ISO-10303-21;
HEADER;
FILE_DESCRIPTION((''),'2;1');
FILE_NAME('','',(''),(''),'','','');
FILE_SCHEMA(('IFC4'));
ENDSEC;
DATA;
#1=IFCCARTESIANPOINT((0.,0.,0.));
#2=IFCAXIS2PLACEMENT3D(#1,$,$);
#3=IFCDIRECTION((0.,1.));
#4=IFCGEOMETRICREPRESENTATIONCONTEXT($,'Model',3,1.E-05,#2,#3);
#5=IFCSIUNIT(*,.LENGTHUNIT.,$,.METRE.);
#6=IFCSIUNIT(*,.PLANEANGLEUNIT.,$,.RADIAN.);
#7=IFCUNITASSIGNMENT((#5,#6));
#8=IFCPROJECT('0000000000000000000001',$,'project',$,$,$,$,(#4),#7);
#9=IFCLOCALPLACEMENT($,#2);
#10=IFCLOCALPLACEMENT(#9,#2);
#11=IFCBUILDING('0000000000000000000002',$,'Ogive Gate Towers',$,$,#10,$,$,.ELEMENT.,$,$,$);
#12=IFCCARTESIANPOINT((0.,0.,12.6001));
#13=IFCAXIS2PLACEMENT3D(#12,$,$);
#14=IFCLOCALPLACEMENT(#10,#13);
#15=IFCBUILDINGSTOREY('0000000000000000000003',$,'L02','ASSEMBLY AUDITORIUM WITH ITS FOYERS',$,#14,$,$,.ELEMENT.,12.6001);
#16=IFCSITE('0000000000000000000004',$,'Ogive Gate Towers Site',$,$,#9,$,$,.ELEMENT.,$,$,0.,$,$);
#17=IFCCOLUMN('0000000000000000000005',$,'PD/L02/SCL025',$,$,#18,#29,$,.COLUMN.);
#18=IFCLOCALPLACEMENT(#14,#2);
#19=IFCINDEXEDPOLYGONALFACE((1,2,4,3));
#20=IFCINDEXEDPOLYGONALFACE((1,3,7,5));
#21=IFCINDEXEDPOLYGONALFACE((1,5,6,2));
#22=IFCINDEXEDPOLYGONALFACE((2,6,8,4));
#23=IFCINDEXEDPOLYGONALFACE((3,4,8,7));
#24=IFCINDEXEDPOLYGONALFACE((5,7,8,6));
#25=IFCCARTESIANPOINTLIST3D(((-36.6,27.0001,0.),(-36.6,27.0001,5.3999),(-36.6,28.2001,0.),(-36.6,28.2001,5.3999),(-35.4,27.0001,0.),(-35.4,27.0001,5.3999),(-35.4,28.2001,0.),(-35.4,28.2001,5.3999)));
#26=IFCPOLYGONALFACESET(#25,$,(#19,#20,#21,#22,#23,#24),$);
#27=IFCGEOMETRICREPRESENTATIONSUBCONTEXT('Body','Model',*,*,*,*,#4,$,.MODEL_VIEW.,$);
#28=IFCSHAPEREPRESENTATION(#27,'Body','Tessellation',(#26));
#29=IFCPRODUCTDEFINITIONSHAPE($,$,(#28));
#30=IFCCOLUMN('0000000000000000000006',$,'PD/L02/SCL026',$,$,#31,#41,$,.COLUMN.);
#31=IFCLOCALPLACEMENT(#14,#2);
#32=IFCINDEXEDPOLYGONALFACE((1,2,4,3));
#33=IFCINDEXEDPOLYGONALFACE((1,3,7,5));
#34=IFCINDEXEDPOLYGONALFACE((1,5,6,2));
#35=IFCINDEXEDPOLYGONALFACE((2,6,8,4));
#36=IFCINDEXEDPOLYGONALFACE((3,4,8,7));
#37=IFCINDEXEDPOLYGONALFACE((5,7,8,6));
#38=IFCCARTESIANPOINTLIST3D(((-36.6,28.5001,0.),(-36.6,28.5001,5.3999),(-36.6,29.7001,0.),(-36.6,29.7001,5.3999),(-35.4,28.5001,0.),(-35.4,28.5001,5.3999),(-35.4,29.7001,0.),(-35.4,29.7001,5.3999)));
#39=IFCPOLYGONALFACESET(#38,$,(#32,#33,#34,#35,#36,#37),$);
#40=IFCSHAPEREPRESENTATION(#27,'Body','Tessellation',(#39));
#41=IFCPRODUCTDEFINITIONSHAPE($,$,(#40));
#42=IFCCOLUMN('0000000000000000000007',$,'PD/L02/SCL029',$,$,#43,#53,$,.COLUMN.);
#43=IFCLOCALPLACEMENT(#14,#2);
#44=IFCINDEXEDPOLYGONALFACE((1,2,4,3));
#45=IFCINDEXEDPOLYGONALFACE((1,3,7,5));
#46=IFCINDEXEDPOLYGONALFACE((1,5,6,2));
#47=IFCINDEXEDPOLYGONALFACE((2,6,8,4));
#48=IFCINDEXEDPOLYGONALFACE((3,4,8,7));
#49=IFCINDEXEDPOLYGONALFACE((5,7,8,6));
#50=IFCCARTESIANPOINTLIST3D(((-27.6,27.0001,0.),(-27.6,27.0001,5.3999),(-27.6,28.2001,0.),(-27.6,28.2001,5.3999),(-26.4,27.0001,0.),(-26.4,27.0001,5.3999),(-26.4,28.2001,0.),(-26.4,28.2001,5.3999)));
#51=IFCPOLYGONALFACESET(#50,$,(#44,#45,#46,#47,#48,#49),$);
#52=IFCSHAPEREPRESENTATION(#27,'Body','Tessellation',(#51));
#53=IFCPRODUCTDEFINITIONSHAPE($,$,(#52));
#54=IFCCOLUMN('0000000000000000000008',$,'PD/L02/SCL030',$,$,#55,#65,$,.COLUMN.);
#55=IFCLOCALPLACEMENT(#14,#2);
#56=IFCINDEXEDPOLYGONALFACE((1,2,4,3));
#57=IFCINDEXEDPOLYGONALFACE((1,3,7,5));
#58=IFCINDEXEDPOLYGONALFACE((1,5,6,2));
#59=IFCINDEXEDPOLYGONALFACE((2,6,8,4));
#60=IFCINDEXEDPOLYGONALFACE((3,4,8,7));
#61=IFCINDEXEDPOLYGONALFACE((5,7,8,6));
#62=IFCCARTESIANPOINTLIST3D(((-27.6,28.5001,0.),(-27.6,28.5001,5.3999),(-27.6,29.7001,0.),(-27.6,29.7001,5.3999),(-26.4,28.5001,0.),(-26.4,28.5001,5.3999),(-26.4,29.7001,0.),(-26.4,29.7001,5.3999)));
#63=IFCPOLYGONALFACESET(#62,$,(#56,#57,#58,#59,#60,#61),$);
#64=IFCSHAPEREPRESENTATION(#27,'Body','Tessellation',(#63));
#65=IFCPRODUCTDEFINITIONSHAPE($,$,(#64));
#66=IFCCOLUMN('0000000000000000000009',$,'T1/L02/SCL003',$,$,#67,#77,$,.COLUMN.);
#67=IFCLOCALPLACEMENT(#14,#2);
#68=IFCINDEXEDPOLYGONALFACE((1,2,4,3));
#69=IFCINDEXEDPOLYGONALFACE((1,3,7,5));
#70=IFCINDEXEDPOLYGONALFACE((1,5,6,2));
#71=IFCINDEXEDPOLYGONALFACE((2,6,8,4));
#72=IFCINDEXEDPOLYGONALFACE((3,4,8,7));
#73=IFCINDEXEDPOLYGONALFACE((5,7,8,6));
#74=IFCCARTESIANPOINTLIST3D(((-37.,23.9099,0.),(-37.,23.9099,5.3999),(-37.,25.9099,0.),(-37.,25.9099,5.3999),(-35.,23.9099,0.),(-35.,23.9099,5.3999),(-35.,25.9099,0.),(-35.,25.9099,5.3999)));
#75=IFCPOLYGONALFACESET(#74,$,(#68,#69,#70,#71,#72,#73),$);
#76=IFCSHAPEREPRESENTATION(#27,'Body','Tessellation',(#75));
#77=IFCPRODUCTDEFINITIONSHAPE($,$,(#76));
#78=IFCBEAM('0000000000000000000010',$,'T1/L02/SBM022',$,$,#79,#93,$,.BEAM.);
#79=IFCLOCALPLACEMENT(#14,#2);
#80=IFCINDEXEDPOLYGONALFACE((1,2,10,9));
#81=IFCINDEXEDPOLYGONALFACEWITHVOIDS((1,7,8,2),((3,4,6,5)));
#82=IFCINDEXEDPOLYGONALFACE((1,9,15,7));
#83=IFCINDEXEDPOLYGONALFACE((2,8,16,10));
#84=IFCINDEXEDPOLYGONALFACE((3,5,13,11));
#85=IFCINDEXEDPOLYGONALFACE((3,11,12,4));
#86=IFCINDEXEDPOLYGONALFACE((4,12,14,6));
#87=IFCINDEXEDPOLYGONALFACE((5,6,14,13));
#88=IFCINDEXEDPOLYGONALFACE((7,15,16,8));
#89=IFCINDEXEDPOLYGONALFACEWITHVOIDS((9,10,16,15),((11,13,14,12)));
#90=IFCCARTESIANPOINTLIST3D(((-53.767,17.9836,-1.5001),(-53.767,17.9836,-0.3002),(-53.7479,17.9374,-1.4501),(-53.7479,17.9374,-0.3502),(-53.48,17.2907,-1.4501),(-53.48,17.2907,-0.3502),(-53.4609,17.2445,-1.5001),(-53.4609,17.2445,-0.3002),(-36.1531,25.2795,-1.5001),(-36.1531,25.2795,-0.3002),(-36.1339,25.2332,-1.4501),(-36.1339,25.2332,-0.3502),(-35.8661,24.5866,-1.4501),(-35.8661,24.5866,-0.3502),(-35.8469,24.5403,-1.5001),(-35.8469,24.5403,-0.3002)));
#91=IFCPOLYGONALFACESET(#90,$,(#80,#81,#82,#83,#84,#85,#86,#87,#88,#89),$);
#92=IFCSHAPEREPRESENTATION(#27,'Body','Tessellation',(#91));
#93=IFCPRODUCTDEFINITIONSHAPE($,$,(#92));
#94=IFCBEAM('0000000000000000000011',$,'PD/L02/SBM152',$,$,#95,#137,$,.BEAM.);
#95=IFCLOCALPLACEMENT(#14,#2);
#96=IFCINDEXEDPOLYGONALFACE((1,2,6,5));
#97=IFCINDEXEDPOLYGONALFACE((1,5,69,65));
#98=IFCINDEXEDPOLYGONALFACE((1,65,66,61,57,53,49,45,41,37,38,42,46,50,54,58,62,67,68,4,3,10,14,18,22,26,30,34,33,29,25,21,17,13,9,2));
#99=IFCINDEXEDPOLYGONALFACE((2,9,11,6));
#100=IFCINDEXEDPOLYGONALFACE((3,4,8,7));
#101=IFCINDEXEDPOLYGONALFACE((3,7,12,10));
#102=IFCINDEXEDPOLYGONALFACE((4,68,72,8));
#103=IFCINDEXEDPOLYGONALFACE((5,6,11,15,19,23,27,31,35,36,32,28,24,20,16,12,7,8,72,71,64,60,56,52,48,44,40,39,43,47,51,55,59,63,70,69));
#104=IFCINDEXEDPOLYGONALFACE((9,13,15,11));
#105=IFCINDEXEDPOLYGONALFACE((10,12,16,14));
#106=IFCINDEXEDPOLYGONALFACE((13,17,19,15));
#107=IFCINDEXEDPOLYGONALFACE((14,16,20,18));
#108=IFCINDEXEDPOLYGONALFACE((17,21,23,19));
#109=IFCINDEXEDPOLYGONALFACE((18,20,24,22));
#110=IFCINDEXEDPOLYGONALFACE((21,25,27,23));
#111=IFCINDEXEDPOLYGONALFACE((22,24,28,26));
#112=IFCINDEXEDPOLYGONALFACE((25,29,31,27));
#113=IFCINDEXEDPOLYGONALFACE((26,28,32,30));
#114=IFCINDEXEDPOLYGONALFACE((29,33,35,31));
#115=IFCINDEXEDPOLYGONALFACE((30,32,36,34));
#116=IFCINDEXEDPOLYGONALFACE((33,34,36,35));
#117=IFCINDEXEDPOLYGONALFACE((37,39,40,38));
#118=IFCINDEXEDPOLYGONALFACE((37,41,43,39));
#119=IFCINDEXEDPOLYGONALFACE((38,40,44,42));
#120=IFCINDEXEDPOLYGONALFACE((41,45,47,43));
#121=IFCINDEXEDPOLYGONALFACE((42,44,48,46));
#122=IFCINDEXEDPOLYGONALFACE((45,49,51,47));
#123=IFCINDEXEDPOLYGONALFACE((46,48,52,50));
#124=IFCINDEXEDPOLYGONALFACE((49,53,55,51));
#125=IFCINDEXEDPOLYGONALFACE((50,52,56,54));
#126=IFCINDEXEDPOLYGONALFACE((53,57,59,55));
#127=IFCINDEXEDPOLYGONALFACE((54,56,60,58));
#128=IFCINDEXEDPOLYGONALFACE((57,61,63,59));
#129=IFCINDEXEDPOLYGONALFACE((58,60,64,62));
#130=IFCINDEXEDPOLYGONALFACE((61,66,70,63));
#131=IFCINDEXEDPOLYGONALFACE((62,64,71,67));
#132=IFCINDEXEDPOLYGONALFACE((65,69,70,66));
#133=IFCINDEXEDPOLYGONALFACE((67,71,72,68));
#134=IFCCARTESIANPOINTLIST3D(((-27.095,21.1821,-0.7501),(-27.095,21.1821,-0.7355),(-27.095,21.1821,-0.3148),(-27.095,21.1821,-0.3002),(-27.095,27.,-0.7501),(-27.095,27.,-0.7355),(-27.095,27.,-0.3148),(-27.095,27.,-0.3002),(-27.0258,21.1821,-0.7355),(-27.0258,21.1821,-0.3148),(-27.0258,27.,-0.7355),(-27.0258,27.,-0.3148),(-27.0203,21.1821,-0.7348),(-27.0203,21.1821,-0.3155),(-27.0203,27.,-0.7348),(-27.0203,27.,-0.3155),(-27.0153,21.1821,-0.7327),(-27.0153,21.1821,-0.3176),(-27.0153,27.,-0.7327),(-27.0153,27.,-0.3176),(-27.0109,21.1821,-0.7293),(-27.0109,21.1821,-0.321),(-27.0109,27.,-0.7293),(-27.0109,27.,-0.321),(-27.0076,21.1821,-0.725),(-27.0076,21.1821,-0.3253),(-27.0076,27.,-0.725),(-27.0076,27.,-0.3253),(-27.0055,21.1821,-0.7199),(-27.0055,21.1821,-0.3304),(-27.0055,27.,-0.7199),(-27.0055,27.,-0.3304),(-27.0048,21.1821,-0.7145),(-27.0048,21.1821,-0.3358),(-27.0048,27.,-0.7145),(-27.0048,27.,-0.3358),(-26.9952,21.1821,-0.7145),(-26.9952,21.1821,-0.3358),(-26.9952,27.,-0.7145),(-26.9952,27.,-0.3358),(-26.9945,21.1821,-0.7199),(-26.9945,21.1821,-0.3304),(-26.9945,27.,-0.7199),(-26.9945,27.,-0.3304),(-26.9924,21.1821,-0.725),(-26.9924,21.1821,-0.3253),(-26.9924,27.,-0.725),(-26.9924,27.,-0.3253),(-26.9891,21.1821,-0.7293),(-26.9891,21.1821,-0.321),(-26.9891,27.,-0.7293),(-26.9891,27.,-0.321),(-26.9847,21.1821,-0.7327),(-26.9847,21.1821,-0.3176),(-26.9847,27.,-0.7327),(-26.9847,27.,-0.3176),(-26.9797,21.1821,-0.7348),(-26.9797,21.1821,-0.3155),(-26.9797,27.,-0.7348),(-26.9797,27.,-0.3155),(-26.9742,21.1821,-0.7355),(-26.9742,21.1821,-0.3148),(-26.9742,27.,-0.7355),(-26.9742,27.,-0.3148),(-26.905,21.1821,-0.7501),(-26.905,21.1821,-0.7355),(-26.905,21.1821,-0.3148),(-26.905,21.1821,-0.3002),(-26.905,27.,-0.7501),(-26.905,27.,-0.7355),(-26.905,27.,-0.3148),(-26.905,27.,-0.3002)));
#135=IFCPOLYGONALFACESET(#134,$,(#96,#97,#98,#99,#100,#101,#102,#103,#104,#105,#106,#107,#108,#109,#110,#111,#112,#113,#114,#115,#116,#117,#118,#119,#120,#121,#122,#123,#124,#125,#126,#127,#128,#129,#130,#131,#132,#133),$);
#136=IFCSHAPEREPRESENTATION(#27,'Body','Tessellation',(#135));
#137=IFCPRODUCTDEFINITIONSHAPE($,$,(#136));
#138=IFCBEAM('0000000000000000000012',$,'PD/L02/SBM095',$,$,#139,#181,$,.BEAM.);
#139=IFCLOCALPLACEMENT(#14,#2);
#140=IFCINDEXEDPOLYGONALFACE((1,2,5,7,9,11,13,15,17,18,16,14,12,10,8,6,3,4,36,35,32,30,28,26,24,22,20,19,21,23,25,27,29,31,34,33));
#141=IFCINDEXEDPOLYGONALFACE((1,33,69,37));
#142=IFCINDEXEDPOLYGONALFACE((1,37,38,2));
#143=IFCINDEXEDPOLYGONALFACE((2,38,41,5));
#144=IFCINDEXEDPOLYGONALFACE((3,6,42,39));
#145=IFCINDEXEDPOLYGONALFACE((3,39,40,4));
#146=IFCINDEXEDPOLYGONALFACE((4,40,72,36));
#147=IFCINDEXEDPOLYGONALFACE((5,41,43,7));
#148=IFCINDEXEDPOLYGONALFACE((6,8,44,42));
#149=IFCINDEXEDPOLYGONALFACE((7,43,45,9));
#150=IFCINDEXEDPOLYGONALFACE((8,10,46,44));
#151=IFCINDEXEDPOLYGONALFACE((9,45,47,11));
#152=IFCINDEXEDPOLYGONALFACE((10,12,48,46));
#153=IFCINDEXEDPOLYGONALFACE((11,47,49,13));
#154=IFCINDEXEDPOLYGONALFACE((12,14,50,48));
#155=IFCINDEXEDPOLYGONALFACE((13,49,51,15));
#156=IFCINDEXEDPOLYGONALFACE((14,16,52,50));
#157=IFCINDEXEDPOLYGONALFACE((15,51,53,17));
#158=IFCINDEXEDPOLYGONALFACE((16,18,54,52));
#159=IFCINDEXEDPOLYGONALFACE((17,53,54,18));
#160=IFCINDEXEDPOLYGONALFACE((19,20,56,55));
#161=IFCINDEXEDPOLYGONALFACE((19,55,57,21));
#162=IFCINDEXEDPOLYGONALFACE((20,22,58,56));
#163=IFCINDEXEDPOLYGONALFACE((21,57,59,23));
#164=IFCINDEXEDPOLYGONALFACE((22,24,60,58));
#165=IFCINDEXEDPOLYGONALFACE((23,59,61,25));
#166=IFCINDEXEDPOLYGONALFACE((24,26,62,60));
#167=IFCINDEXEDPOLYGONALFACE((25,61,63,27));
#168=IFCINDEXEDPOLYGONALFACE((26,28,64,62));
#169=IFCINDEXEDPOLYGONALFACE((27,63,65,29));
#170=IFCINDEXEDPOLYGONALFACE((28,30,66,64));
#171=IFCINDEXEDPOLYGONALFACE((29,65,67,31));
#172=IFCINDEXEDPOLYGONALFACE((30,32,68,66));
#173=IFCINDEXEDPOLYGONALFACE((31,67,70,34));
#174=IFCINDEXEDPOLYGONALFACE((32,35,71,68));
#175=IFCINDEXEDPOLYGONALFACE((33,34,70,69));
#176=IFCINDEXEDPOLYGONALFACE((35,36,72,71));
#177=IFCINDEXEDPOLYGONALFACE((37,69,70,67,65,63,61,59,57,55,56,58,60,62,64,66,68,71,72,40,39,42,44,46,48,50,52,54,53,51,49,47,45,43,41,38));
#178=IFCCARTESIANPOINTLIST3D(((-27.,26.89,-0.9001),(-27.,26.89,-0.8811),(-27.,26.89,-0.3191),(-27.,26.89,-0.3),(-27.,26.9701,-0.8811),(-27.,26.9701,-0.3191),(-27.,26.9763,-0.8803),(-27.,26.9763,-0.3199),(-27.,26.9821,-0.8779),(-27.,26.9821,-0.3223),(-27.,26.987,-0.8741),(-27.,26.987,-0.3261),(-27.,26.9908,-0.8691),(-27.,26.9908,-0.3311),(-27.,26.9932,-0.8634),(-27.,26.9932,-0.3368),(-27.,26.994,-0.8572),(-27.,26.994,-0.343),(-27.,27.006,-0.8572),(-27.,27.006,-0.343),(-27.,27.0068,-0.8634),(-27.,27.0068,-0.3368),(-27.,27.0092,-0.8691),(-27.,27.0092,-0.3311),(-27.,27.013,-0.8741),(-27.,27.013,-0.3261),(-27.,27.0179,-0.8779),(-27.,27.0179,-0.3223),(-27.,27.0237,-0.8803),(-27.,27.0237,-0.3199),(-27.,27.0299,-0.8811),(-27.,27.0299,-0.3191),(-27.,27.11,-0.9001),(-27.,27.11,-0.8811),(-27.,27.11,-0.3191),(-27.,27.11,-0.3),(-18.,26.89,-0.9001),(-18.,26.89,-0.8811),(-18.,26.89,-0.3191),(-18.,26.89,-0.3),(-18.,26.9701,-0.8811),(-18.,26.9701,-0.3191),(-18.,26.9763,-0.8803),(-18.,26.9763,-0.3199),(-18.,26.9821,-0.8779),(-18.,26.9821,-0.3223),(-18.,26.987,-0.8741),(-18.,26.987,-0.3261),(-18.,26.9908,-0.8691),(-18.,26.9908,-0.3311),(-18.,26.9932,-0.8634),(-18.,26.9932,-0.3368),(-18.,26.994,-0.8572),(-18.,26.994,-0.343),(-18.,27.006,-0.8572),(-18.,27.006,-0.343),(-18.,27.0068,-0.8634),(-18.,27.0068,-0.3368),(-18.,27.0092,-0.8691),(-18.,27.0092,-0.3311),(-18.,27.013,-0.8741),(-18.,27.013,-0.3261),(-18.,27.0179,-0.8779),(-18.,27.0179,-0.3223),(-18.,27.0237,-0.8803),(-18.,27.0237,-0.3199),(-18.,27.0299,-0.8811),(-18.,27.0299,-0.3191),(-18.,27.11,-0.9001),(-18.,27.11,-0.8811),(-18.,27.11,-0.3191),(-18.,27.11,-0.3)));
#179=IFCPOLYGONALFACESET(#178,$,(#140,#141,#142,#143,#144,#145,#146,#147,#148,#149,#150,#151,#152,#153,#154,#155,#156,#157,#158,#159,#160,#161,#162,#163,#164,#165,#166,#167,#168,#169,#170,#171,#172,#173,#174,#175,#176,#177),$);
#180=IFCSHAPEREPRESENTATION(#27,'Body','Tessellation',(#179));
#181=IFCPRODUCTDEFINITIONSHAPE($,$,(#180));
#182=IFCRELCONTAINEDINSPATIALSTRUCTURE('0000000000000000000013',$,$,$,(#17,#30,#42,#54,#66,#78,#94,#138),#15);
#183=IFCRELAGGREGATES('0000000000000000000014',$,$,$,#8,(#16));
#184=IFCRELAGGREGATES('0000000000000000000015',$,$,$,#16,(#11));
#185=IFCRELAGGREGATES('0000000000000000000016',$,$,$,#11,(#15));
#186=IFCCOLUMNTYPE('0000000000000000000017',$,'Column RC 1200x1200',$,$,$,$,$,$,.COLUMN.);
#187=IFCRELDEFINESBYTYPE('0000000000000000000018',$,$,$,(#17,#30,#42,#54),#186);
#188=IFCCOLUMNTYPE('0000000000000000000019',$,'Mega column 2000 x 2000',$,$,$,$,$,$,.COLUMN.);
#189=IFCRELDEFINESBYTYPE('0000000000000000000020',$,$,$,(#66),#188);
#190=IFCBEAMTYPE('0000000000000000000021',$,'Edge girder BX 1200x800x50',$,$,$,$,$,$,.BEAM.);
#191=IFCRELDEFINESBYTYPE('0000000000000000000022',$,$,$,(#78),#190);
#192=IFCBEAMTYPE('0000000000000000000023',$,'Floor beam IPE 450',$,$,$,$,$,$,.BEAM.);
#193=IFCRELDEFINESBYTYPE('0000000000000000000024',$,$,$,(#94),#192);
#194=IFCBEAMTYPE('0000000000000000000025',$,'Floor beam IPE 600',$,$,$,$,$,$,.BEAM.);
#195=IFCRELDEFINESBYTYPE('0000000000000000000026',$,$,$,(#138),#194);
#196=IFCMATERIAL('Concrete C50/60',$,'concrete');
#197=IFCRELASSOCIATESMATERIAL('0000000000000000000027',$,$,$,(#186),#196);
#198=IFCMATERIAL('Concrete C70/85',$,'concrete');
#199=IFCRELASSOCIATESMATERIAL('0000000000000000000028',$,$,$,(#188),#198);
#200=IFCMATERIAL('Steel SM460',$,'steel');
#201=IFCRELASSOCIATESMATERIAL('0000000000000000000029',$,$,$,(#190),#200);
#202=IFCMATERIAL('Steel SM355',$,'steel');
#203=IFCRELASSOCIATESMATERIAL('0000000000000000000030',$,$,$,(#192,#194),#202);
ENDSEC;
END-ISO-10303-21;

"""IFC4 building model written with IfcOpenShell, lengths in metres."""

from ifc_helpers import new_model, si_unit, direction, frame, origin, origin_2d, place, context, subcontext, project, spatial, rectangle, hollow_rectangle, i_section, extrude, material, material_profile, profile_set, type_object, element, save


model = new_model("IFC4")

# Units and contexts
model_context = context("Model", 3, precision=1e-05, world=origin(), true_north=direction((0.0, 1.0)))
body_context = subcontext(model_context, "Body", "Model", "MODEL_VIEW")
ifc_project = project(units=[si_unit("LENGTHUNIT", "METRE"), si_unit("PLANEANGLEUNIT", "RADIAN")], contexts=[model_context])

# Site, building, storey
site_placement = place(None, origin())
site = spatial("IfcSite", under=ifc_project, at=site_placement, Name="Ogive Gate Towers Site", CompositionType="ELEMENT", RefElevation=0.0)
building_placement = place(site_placement, origin())
building = spatial("IfcBuilding", under=site, at=building_placement, Name="Ogive Gate Towers", CompositionType="ELEMENT")
storey_placement = place(building_placement, frame((0.0, 0.0, 12.6001)))
storey = spatial("IfcBuildingStorey", under=building, at=storey_placement, Name="L02", Description="ASSEMBLY AUDITORIUM WITH ITS FOYERS", CompositionType="ELEMENT", Elevation=12.6001)

# Columns
ifc_material_1 = material(Name="Concrete C50/60", Category="concrete")
ifc_material_profile_1 = material_profile(ifc_material_1, rectangle(XDim=1.2, YDim=1.2, at=origin_2d()), Name="RC 1200x1200")
ifc_profile_set_1 = profile_set([ifc_material_profile_1], Name="Concrete C50/60")
column_type_1 = type_object("IfcColumnType", Name="Column RC 1200x1200", PredefinedType="COLUMN", material=ifc_profile_set_1)
for number, where, z_axis, x_axis, name in (
    (1, (-36.0, 27.6001, 0.0), (0.0, 0.0, 1.0), (1.0, 0.0, 0.0), "PD/L02/SCL025"),
    (2, (-36.0, 29.1001, 0.0), (0.0, 0.0, 1.0), (1.0, 0.0, 0.0), "PD/L02/SCL026"),
    (3, (-27.0, 27.6001, 0.0), (0.0, 0.0, 1.0), (1.0, 0.0, 0.0), "PD/L02/SCL029"),
    (4, (-27.0, 29.1001, 0.0), (0.0, 0.0, 1.0), (1.0, 0.0, 0.0), "PD/L02/SCL030"),
):
    element("IfcColumn", number, at=place(storey_placement, frame(where, z_axis=z_axis, x_axis=x_axis)), inside=storey, type_object=column_type_1, Name=name, PredefinedType="COLUMN", context=body_context, shape_type="SweptSolid", body=[
        extrude(rectangle(XDim=1.2, YDim=1.2, at=origin_2d()), origin(), (0.0, 0.0, 1.0), 5.3999),
    ])
ifc_material_2 = material(Name="Concrete C70/85", Category="concrete")
ifc_material_profile_2 = material_profile(ifc_material_2, rectangle(XDim=2.0, YDim=2.0, at=origin_2d()), Name="RC 2000x2000")
ifc_profile_set_2 = profile_set([ifc_material_profile_2], Name="Concrete C70/85")
column_type_2 = type_object("IfcColumnType", Name="Mega column 2000 x 2000", PredefinedType="COLUMN", material=ifc_profile_set_2)
column_placement = place(storey_placement, frame((-36.0, 24.9099, 0.0), z_axis=(0.0, 0.0, 1.0), x_axis=(0.0, 1.0, 0.0)))
element("IfcColumn", 5, at=column_placement, inside=storey, type_object=column_type_2, Name="T1/L02/SCL003", PredefinedType="COLUMN", context=body_context, shape_type="SweptSolid", body=[
    extrude(rectangle(XDim=2.0, YDim=2.0, at=origin_2d()), origin(), (0.0, 0.0, 1.0), 5.3999),
])

# Beams
ifc_material_3 = material(Name="Steel SM460", Category="steel")
ifc_material_profile_3 = material_profile(ifc_material_3, hollow_rectangle(XDim=0.8, YDim=1.2, WallThickness=0.05, at=origin_2d()), Name="BX 1200x800x50")
ifc_profile_set_3 = profile_set([ifc_material_profile_3], Name="Steel SM460")
beam_type_1 = type_object("IfcBeamType", Name="Edge girder BX 1200x800x50", PredefinedType="BEAM", material=ifc_profile_set_3)
beam_1_placement = place(storey_placement, frame((-36.0, 24.9099, -0.9001), z_axis=(-0.923881, -0.382681, 0.0), x_axis=(0.382681, -0.923881, 0.0)))
element("IfcBeam", 6, at=beam_1_placement, inside=storey, type_object=beam_type_1, Name="T1/L02/SBM022", PredefinedType="BEAM", context=body_context, shape_type="SweptSolid", body=[
    extrude(hollow_rectangle(XDim=0.8, YDim=1.2, WallThickness=0.05, at=origin_2d()), origin(), (0.0, 0.0, 1.0), 19.0652),
])
ifc_material_4 = material(Name="Steel SM355", Category="steel")
ifc_material_profile_4 = material_profile(ifc_material_4, i_section(OverallWidth=0.1899, OverallDepth=0.45, WebThickness=0.0095, FlangeThickness=0.0146, FilletRadius=0.021, at=origin_2d()), Name="IPE 450")
ifc_profile_set_4 = profile_set([ifc_material_profile_4], Name="Steel SM355")
beam_type_2 = type_object("IfcBeamType", Name="Floor beam IPE 450", PredefinedType="BEAM", material=ifc_profile_set_4)
beam_2_placement = place(storey_placement, frame((-27.0, 27.0, -0.5251), z_axis=(0.0, -1.0, 0.0), x_axis=(1.0, 0.0, 0.0)))
element("IfcBeam", 7, at=beam_2_placement, inside=storey, type_object=beam_type_2, Name="PD/L02/SBM152", PredefinedType="BEAM", context=body_context, shape_type="SweptSolid", body=[
    extrude(i_section(OverallWidth=0.1899, OverallDepth=0.45, WebThickness=0.0095, FlangeThickness=0.0146, FilletRadius=0.021, at=origin_2d()), origin(), (0.0, 0.0, 1.0), 5.8179),
])
ifc_material_profile_5 = material_profile(ifc_material_4, i_section(OverallWidth=0.22, OverallDepth=0.6001, WebThickness=0.012, FlangeThickness=0.019, FilletRadius=0.0239, at=origin_2d()), Name="IPE 600")
ifc_profile_set_5 = profile_set([ifc_material_profile_5], Name="Steel SM355")
beam_type_3 = type_object("IfcBeamType", Name="Floor beam IPE 600", PredefinedType="BEAM", material=ifc_profile_set_5)
for number, where, z_axis, x_axis, name in (
    (8, (-27.0, 27.0, -0.6001), (1.0, 0.0, 0.0), (0.0, 1.0, 0.0), "PD/L02/SBM095"),
):
    element("IfcBeam", number, at=place(storey_placement, frame(where, z_axis=z_axis, x_axis=x_axis)), inside=storey, type_object=beam_type_3, Name=name, PredefinedType="BEAM", context=body_context, shape_type="SweptSolid", body=[
        extrude(i_section(OverallWidth=0.22, OverallDepth=0.6001, WebThickness=0.012, FlangeThickness=0.019, FilletRadius=0.0239, at=origin_2d()), origin(), (0.0, 0.0, 1.0), 9.0),
    ])

save(model, "model.ifc")
